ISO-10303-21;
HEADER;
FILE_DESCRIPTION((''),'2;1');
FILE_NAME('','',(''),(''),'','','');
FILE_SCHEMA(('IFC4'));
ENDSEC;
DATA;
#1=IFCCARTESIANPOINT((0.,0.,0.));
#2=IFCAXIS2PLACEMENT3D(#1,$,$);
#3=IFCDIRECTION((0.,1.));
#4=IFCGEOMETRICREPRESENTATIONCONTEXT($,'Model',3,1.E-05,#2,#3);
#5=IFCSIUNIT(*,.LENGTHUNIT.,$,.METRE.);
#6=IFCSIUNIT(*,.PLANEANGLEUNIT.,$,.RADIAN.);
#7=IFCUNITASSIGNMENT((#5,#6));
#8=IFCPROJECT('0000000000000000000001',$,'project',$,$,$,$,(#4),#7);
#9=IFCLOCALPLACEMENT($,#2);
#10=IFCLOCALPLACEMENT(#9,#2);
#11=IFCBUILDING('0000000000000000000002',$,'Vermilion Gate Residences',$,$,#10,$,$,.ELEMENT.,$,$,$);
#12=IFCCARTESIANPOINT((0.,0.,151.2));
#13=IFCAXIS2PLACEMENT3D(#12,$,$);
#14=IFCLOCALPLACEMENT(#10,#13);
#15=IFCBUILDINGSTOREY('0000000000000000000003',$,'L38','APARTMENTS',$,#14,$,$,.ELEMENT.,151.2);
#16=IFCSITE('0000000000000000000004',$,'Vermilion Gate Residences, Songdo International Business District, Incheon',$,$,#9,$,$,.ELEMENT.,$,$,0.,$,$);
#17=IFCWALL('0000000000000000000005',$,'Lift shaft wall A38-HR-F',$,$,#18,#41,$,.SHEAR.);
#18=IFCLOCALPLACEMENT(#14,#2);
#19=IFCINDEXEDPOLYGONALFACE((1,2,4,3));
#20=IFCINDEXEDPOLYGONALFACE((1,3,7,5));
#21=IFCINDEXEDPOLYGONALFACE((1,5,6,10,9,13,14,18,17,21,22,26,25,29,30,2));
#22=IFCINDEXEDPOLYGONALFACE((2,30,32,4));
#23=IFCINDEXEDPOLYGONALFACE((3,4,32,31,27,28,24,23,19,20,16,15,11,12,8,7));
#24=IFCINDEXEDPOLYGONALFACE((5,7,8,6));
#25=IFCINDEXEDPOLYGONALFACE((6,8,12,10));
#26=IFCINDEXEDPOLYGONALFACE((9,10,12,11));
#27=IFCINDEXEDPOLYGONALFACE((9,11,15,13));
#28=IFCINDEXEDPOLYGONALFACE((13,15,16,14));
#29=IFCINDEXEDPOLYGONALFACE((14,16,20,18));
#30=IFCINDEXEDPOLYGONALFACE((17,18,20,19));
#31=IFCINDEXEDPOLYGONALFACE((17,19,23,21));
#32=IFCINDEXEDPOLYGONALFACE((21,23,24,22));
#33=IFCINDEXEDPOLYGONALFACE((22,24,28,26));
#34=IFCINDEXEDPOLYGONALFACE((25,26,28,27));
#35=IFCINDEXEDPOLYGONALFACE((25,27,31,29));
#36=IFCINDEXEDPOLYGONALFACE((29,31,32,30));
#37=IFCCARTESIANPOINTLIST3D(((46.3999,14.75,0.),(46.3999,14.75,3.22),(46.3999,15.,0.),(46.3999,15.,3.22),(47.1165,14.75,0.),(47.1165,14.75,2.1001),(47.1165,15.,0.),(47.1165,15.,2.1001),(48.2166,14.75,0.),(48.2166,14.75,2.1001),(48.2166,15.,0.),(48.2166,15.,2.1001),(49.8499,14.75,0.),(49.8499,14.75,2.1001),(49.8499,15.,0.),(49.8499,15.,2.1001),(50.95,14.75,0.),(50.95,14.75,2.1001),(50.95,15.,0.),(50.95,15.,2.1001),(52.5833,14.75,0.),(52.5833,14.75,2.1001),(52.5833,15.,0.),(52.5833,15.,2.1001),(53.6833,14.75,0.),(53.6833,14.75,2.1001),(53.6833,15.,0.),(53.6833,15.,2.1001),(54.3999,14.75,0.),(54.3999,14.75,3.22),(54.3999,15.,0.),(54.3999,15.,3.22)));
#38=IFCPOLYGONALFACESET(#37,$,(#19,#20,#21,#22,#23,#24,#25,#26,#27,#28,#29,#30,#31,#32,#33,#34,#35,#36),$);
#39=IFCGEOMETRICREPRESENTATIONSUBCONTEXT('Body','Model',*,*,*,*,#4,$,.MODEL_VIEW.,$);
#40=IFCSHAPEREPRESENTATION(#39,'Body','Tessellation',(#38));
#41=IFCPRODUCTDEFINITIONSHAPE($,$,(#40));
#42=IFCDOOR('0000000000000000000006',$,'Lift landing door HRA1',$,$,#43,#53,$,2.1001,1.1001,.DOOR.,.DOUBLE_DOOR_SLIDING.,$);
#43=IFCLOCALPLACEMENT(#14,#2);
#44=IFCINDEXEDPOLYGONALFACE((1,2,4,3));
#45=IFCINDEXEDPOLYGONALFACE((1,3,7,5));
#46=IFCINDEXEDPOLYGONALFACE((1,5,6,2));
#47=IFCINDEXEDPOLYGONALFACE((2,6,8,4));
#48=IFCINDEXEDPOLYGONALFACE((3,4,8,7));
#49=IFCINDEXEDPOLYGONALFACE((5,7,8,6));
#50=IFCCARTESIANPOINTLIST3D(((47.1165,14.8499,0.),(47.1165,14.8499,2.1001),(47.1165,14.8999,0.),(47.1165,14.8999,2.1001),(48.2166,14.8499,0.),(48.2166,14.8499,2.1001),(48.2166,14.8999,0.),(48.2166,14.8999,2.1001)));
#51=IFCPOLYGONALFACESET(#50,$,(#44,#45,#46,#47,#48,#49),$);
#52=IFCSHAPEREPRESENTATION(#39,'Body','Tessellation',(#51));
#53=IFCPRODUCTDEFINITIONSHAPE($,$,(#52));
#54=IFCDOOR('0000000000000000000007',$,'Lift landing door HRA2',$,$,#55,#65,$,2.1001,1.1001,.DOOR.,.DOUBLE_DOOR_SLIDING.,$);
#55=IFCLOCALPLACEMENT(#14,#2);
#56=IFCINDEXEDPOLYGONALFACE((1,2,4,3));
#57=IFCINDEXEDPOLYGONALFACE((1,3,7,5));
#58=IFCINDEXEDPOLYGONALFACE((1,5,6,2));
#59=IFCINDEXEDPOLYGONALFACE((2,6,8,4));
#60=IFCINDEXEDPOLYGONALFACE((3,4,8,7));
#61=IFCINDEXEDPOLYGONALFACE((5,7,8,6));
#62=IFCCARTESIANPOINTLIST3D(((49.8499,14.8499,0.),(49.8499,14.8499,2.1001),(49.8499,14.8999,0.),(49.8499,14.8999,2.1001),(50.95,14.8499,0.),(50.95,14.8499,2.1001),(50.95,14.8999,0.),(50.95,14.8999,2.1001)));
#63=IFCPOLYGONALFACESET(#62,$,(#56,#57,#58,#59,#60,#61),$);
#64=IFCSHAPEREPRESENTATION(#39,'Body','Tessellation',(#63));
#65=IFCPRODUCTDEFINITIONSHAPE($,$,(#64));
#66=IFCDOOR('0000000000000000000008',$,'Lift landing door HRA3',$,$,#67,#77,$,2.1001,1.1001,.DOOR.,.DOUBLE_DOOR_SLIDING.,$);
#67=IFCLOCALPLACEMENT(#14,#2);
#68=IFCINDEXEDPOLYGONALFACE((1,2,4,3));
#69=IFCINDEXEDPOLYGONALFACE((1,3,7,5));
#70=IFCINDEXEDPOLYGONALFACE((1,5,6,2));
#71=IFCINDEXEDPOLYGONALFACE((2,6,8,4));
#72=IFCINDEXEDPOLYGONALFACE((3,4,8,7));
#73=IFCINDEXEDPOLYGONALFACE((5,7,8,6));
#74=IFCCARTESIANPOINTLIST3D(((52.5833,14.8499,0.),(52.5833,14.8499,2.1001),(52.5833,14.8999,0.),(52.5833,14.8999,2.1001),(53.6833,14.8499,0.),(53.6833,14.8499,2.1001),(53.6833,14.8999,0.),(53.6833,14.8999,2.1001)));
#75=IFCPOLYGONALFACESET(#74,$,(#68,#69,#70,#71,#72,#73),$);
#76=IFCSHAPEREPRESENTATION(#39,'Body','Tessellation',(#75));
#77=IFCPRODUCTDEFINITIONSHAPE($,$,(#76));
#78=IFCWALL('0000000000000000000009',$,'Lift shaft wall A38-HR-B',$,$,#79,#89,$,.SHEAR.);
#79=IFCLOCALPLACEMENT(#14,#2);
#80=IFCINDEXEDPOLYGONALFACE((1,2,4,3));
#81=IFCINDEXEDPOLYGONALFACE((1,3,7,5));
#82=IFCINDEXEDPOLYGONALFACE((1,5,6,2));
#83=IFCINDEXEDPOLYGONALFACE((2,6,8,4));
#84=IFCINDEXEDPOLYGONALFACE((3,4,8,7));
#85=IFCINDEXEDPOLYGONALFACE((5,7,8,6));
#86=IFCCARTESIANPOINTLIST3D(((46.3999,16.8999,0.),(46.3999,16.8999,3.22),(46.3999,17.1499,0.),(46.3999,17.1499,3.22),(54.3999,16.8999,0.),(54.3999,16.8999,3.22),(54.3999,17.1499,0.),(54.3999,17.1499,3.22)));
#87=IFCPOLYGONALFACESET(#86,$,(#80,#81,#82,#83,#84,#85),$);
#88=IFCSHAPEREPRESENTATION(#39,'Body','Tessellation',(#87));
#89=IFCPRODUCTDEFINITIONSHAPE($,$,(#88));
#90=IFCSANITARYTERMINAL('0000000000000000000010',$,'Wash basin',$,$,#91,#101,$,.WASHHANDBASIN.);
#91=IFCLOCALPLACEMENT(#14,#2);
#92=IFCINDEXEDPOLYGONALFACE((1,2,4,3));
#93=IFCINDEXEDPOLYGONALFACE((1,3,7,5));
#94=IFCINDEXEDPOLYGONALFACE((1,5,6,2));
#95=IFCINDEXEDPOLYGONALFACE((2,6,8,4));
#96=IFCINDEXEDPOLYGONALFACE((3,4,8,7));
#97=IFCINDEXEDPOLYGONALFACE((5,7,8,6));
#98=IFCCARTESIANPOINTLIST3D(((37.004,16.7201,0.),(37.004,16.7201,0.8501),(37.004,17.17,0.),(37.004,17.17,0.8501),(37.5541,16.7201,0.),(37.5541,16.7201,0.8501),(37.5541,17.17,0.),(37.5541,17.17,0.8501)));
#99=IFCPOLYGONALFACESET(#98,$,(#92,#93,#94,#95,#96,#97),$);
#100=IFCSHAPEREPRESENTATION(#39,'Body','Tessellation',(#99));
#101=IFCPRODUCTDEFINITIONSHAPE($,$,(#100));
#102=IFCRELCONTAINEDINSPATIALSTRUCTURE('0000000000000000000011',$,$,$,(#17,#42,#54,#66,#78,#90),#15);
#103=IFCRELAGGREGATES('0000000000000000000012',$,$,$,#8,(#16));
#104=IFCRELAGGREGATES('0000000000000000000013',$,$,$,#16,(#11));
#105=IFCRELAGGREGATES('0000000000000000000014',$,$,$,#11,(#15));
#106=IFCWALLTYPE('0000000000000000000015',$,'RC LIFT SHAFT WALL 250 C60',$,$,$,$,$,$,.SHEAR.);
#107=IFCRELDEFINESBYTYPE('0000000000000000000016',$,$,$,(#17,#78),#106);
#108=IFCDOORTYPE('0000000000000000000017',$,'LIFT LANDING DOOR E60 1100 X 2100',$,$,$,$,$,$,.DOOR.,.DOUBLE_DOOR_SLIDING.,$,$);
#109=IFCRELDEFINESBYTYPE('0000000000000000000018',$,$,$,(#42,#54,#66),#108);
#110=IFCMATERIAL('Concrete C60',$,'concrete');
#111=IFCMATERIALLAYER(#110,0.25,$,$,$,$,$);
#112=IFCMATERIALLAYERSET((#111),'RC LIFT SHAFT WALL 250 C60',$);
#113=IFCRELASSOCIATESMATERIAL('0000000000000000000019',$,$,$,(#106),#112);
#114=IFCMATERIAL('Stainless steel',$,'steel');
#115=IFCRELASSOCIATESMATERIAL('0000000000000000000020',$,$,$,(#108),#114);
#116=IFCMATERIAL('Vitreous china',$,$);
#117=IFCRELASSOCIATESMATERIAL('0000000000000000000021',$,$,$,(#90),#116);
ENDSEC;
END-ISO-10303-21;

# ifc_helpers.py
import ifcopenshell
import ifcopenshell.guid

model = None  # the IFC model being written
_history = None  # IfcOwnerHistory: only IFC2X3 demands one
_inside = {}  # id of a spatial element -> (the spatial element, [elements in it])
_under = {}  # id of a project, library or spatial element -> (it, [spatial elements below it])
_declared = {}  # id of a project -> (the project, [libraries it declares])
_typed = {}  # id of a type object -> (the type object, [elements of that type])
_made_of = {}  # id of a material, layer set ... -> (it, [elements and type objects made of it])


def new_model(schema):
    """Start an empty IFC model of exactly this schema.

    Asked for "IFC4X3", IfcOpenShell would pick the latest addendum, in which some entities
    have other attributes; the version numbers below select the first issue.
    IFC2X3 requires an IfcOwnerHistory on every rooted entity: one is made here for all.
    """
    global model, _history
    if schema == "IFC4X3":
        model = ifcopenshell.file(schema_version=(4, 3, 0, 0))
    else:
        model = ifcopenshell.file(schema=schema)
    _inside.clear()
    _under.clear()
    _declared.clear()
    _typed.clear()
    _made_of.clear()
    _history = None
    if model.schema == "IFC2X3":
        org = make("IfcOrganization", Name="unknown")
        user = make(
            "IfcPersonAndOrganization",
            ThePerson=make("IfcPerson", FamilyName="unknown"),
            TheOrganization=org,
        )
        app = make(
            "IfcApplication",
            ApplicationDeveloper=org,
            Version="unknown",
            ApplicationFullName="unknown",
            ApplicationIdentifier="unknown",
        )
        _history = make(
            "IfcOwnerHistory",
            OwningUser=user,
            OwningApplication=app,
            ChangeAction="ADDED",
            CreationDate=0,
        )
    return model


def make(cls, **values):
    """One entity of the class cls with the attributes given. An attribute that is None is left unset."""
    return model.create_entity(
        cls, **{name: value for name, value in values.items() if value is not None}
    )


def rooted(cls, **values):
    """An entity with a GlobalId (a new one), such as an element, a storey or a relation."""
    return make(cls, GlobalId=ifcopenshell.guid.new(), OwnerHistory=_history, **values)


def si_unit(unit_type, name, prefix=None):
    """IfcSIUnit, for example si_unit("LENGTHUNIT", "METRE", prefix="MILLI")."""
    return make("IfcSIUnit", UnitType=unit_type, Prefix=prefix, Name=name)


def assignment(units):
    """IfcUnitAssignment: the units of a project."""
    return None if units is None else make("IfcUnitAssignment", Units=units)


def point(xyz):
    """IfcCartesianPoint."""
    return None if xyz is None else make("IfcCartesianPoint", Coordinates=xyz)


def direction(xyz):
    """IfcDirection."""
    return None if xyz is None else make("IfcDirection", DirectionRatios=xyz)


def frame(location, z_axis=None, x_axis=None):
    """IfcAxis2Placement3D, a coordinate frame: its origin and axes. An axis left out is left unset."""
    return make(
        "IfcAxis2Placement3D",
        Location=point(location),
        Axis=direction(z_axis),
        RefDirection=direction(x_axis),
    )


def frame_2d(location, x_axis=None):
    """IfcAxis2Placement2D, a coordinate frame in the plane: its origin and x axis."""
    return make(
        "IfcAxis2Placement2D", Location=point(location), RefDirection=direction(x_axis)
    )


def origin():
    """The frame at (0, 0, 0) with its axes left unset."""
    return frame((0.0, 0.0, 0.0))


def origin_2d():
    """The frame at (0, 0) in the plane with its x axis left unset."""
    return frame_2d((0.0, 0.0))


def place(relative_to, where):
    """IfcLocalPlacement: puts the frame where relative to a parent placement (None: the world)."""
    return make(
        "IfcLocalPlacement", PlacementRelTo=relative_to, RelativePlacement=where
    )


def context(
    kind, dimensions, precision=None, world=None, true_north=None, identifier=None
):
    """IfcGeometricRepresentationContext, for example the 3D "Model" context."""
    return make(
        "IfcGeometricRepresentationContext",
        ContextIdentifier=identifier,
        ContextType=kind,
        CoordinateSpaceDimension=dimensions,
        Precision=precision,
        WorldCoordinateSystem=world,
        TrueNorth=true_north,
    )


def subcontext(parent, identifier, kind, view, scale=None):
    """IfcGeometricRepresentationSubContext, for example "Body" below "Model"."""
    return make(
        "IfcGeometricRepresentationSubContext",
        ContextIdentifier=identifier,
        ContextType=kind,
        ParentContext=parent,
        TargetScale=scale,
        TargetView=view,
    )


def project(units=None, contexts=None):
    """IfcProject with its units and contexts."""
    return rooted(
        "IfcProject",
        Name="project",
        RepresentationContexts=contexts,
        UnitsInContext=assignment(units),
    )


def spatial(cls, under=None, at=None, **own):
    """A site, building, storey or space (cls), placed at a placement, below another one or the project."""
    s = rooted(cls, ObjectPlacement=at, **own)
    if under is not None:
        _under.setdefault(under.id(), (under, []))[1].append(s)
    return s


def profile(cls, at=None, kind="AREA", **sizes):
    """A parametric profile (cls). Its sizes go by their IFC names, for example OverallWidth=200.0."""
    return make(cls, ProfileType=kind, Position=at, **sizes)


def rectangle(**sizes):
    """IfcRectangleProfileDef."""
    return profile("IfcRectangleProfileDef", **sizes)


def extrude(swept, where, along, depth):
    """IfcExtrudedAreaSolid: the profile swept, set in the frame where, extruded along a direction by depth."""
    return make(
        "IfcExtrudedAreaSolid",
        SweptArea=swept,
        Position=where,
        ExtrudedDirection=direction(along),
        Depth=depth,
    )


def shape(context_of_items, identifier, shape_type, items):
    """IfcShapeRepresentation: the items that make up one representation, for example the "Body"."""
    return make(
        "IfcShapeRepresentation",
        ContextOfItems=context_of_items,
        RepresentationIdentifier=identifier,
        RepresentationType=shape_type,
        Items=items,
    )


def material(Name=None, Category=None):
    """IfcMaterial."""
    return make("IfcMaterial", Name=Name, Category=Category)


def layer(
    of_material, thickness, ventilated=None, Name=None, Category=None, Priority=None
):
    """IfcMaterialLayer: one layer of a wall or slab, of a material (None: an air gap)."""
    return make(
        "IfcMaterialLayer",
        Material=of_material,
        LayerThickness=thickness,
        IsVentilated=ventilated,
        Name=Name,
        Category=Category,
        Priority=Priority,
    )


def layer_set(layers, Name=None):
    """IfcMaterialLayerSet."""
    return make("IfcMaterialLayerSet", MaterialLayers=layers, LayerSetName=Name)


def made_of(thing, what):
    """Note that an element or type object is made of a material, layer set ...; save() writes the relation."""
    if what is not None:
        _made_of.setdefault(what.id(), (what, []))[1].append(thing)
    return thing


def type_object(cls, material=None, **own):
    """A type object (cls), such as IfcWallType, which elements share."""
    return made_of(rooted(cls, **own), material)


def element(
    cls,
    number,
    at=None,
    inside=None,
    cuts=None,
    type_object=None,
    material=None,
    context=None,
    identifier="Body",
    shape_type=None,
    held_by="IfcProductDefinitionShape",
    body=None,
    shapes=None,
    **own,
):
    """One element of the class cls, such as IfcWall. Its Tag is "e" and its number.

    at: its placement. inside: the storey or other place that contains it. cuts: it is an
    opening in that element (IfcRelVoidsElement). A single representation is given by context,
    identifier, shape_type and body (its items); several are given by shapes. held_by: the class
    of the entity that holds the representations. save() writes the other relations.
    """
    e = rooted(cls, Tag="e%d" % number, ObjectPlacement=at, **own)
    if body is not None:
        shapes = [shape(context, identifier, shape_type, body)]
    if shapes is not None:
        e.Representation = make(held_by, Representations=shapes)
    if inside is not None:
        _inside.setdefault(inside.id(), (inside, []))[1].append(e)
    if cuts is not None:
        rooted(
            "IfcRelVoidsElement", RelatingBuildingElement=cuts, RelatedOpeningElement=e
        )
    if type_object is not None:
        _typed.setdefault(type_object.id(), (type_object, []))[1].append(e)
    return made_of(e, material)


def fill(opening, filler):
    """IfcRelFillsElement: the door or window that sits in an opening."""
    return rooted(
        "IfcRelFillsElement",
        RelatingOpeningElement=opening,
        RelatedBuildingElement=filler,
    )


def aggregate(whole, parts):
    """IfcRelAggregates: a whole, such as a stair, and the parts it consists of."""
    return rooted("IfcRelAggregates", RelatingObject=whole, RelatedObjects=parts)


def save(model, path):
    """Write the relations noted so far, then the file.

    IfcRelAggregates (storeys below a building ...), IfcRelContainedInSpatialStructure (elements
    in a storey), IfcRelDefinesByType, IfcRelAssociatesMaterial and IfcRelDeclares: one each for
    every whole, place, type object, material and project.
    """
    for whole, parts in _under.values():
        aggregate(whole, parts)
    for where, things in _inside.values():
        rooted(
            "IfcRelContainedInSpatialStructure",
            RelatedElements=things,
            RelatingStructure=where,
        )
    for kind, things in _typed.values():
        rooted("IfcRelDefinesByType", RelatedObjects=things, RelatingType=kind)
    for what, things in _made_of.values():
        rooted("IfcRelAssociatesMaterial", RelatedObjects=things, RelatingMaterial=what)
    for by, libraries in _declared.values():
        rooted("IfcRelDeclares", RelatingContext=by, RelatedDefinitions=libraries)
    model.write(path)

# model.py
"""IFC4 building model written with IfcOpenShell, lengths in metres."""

from ifc_helpers import new_model, si_unit, direction, frame, frame_2d, origin, origin_2d, place, context, subcontext, project, spatial, rectangle, extrude, material, layer, layer_set, type_object, element, fill, save


model = new_model("IFC4")

# Units and contexts
model_context = context("Model", 3, precision=1e-05, world=origin(), true_north=direction((0.0, 1.0)))
body_context = subcontext(model_context, "Body", "Model", "MODEL_VIEW")
ifc_project = project(units=[si_unit("LENGTHUNIT", "METRE"), si_unit("PLANEANGLEUNIT", "RADIAN")], contexts=[model_context])

# Site, building, storey
site_placement = place(None, origin())
site = spatial("IfcSite", under=ifc_project, at=site_placement, Name="Vermilion Gate Residences, Songdo International Business District, Incheon", CompositionType="ELEMENT", RefElevation=0.0)
building_placement = place(site_placement, origin())
building = spatial("IfcBuilding", under=site, at=building_placement, Name="Vermilion Gate Residences", CompositionType="ELEMENT")
storey_placement = place(building_placement, frame((0.0, 0.0, 151.2)))
storey = spatial("IfcBuildingStorey", under=building, at=storey_placement, Name="L38", Description="APARTMENTS", CompositionType="ELEMENT", Elevation=151.2)

# Wall, openings, doors
ifc_material_1 = material(Name="Concrete C60", Category="concrete")
ifc_layer_1 = layer(ifc_material_1, 0.25)
ifc_layer_set_1 = layer_set([ifc_layer_1], Name="RC LIFT SHAFT WALL 250 C60")
wall_type_1 = type_object("IfcWallType", Name="RC LIFT SHAFT WALL 250 C60", PredefinedType="SHEAR", material=ifc_layer_set_1)
wall_1_placement = place(storey_placement, frame((46.3999, 14.875, 0.0), z_axis=(0.0, 0.0, 1.0), x_axis=(1.0, 0.0, 0.0)))
wall_1 = element("IfcWall", 1, at=wall_1_placement, inside=storey, type_object=wall_type_1, Name="Lift shaft wall A38-HR-F", PredefinedType="SHEAR", context=body_context, shape_type="SweptSolid", body=[
    extrude(rectangle(XDim=8.0, YDim=0.25, at=frame_2d((4.0, 0.0))), origin(), (0.0, 0.0, 1.0), 3.22),
])
opening_1_placement = place(wall_1_placement, frame((0.7166, 0.0, 0.0)))
opening_1 = element("IfcOpeningElement", 2, at=opening_1_placement, cuts=wall_1, PredefinedType="OPENING", context=body_context, shape_type="SweptSolid", body=[
    extrude(rectangle(XDim=1.1001, YDim=2.1001, at=frame_2d((0.55, 1.05))), frame((0.0, 0.135, 0.0), z_axis=(0.0, -1.0, 0.0), x_axis=(1.0, 0.0, 0.0)), (0.0, 0.0, 1.0), 0.27),
])
opening_2_placement = place(wall_1_placement, frame((3.45, 0.0, 0.0)))
opening_2 = element("IfcOpeningElement", 3, at=opening_2_placement, cuts=wall_1, PredefinedType="OPENING", context=body_context, shape_type="SweptSolid", body=[
    extrude(rectangle(XDim=1.1001, YDim=2.1001, at=frame_2d((0.55, 1.05))), frame((0.0, 0.135, 0.0), z_axis=(0.0, -1.0, 0.0), x_axis=(1.0, 0.0, 0.0)), (0.0, 0.0, 1.0), 0.27),
])
opening_3_placement = place(wall_1_placement, frame((6.1833, 0.0, 0.0)))
opening_3 = element("IfcOpeningElement", 4, at=opening_3_placement, cuts=wall_1, PredefinedType="OPENING", context=body_context, shape_type="SweptSolid", body=[
    extrude(rectangle(XDim=1.1001, YDim=2.1001, at=frame_2d((0.55, 1.05))), frame((0.0, 0.135, 0.0), z_axis=(0.0, -1.0, 0.0), x_axis=(1.0, 0.0, 0.0)), (0.0, 0.0, 1.0), 0.27),
])
ifc_material_2 = material(Name="Stainless steel", Category="steel")
door_type_1 = type_object("IfcDoorType", Name="LIFT LANDING DOOR E60 1100 X 2100", OperationType="DOUBLE_DOOR_SLIDING", PredefinedType="DOOR", material=ifc_material_2)
door_1_placement = place(opening_1_placement, origin())
door_1 = element("IfcDoor", 5, at=door_1_placement, inside=storey, type_object=door_type_1, Name="Lift landing door HRA1", OperationType="DOUBLE_DOOR_SLIDING", OverallHeight=2.1001, OverallWidth=1.1001, PredefinedType="DOOR", context=body_context, shape_type="SweptSolid", body=[
    extrude(rectangle(XDim=1.1001, YDim=2.1001, at=frame_2d((0.55, 1.05))), frame((0.0, 0.0249, 0.0), z_axis=(0.0, -1.0, 0.0), x_axis=(1.0, 0.0, 0.0)), (0.0, 0.0, 1.0), 0.05),
])
fill(opening_1, door_1)
door_2_placement = place(opening_2_placement, origin())
door_2 = element("IfcDoor", 6, at=door_2_placement, inside=storey, type_object=door_type_1, Name="Lift landing door HRA2", OperationType="DOUBLE_DOOR_SLIDING", OverallHeight=2.1001, OverallWidth=1.1001, PredefinedType="DOOR", context=body_context, shape_type="SweptSolid", body=[
    extrude(rectangle(XDim=1.1001, YDim=2.1001, at=frame_2d((0.55, 1.05))), frame((0.0, 0.0249, 0.0), z_axis=(0.0, -1.0, 0.0), x_axis=(1.0, 0.0, 0.0)), (0.0, 0.0, 1.0), 0.05),
])
fill(opening_2, door_2)
door_3_placement = place(opening_3_placement, origin())
door_3 = element("IfcDoor", 7, at=door_3_placement, inside=storey, type_object=door_type_1, Name="Lift landing door HRA3", OperationType="DOUBLE_DOOR_SLIDING", OverallHeight=2.1001, OverallWidth=1.1001, PredefinedType="DOOR", context=body_context, shape_type="SweptSolid", body=[
    extrude(rectangle(XDim=1.1001, YDim=2.1001, at=frame_2d((0.55, 1.05))), frame((0.0, 0.0249, 0.0), z_axis=(0.0, -1.0, 0.0), x_axis=(1.0, 0.0, 0.0)), (0.0, 0.0, 1.0), 0.05),
])
fill(opening_3, door_3)

# Wall
wall_2_placement = place(storey_placement, frame((46.3999, 17.0249, 0.0), z_axis=(0.0, 0.0, 1.0), x_axis=(1.0, 0.0, 0.0)))
element("IfcWall", 8, at=wall_2_placement, inside=storey, type_object=wall_type_1, Name="Lift shaft wall A38-HR-B", PredefinedType="SHEAR", context=body_context, shape_type="SweptSolid", body=[
    extrude(rectangle(XDim=8.0, YDim=0.25, at=frame_2d((4.0, 0.0))), origin(), (0.0, 0.0, 1.0), 3.22),
])

# Sanitary terminal
ifc_material_3 = material(Name="Vitreous china")
sanitary_terminal_placement = place(storey_placement, frame((37.2791, 16.9451, 0.0), z_axis=(0.0, 0.0, 1.0), x_axis=(1.0, 0.0, 0.0)))
element("IfcSanitaryTerminal", 9, at=sanitary_terminal_placement, inside=storey, material=ifc_material_3, Name="Wash basin", PredefinedType="WASHHANDBASIN", context=body_context, shape_type="SweptSolid", body=[
    extrude(rectangle(XDim=0.55, YDim=0.45, at=origin_2d()), origin(), (0.0, 0.0, 1.0), 0.8501),
])

save(model, "model.ifc")
